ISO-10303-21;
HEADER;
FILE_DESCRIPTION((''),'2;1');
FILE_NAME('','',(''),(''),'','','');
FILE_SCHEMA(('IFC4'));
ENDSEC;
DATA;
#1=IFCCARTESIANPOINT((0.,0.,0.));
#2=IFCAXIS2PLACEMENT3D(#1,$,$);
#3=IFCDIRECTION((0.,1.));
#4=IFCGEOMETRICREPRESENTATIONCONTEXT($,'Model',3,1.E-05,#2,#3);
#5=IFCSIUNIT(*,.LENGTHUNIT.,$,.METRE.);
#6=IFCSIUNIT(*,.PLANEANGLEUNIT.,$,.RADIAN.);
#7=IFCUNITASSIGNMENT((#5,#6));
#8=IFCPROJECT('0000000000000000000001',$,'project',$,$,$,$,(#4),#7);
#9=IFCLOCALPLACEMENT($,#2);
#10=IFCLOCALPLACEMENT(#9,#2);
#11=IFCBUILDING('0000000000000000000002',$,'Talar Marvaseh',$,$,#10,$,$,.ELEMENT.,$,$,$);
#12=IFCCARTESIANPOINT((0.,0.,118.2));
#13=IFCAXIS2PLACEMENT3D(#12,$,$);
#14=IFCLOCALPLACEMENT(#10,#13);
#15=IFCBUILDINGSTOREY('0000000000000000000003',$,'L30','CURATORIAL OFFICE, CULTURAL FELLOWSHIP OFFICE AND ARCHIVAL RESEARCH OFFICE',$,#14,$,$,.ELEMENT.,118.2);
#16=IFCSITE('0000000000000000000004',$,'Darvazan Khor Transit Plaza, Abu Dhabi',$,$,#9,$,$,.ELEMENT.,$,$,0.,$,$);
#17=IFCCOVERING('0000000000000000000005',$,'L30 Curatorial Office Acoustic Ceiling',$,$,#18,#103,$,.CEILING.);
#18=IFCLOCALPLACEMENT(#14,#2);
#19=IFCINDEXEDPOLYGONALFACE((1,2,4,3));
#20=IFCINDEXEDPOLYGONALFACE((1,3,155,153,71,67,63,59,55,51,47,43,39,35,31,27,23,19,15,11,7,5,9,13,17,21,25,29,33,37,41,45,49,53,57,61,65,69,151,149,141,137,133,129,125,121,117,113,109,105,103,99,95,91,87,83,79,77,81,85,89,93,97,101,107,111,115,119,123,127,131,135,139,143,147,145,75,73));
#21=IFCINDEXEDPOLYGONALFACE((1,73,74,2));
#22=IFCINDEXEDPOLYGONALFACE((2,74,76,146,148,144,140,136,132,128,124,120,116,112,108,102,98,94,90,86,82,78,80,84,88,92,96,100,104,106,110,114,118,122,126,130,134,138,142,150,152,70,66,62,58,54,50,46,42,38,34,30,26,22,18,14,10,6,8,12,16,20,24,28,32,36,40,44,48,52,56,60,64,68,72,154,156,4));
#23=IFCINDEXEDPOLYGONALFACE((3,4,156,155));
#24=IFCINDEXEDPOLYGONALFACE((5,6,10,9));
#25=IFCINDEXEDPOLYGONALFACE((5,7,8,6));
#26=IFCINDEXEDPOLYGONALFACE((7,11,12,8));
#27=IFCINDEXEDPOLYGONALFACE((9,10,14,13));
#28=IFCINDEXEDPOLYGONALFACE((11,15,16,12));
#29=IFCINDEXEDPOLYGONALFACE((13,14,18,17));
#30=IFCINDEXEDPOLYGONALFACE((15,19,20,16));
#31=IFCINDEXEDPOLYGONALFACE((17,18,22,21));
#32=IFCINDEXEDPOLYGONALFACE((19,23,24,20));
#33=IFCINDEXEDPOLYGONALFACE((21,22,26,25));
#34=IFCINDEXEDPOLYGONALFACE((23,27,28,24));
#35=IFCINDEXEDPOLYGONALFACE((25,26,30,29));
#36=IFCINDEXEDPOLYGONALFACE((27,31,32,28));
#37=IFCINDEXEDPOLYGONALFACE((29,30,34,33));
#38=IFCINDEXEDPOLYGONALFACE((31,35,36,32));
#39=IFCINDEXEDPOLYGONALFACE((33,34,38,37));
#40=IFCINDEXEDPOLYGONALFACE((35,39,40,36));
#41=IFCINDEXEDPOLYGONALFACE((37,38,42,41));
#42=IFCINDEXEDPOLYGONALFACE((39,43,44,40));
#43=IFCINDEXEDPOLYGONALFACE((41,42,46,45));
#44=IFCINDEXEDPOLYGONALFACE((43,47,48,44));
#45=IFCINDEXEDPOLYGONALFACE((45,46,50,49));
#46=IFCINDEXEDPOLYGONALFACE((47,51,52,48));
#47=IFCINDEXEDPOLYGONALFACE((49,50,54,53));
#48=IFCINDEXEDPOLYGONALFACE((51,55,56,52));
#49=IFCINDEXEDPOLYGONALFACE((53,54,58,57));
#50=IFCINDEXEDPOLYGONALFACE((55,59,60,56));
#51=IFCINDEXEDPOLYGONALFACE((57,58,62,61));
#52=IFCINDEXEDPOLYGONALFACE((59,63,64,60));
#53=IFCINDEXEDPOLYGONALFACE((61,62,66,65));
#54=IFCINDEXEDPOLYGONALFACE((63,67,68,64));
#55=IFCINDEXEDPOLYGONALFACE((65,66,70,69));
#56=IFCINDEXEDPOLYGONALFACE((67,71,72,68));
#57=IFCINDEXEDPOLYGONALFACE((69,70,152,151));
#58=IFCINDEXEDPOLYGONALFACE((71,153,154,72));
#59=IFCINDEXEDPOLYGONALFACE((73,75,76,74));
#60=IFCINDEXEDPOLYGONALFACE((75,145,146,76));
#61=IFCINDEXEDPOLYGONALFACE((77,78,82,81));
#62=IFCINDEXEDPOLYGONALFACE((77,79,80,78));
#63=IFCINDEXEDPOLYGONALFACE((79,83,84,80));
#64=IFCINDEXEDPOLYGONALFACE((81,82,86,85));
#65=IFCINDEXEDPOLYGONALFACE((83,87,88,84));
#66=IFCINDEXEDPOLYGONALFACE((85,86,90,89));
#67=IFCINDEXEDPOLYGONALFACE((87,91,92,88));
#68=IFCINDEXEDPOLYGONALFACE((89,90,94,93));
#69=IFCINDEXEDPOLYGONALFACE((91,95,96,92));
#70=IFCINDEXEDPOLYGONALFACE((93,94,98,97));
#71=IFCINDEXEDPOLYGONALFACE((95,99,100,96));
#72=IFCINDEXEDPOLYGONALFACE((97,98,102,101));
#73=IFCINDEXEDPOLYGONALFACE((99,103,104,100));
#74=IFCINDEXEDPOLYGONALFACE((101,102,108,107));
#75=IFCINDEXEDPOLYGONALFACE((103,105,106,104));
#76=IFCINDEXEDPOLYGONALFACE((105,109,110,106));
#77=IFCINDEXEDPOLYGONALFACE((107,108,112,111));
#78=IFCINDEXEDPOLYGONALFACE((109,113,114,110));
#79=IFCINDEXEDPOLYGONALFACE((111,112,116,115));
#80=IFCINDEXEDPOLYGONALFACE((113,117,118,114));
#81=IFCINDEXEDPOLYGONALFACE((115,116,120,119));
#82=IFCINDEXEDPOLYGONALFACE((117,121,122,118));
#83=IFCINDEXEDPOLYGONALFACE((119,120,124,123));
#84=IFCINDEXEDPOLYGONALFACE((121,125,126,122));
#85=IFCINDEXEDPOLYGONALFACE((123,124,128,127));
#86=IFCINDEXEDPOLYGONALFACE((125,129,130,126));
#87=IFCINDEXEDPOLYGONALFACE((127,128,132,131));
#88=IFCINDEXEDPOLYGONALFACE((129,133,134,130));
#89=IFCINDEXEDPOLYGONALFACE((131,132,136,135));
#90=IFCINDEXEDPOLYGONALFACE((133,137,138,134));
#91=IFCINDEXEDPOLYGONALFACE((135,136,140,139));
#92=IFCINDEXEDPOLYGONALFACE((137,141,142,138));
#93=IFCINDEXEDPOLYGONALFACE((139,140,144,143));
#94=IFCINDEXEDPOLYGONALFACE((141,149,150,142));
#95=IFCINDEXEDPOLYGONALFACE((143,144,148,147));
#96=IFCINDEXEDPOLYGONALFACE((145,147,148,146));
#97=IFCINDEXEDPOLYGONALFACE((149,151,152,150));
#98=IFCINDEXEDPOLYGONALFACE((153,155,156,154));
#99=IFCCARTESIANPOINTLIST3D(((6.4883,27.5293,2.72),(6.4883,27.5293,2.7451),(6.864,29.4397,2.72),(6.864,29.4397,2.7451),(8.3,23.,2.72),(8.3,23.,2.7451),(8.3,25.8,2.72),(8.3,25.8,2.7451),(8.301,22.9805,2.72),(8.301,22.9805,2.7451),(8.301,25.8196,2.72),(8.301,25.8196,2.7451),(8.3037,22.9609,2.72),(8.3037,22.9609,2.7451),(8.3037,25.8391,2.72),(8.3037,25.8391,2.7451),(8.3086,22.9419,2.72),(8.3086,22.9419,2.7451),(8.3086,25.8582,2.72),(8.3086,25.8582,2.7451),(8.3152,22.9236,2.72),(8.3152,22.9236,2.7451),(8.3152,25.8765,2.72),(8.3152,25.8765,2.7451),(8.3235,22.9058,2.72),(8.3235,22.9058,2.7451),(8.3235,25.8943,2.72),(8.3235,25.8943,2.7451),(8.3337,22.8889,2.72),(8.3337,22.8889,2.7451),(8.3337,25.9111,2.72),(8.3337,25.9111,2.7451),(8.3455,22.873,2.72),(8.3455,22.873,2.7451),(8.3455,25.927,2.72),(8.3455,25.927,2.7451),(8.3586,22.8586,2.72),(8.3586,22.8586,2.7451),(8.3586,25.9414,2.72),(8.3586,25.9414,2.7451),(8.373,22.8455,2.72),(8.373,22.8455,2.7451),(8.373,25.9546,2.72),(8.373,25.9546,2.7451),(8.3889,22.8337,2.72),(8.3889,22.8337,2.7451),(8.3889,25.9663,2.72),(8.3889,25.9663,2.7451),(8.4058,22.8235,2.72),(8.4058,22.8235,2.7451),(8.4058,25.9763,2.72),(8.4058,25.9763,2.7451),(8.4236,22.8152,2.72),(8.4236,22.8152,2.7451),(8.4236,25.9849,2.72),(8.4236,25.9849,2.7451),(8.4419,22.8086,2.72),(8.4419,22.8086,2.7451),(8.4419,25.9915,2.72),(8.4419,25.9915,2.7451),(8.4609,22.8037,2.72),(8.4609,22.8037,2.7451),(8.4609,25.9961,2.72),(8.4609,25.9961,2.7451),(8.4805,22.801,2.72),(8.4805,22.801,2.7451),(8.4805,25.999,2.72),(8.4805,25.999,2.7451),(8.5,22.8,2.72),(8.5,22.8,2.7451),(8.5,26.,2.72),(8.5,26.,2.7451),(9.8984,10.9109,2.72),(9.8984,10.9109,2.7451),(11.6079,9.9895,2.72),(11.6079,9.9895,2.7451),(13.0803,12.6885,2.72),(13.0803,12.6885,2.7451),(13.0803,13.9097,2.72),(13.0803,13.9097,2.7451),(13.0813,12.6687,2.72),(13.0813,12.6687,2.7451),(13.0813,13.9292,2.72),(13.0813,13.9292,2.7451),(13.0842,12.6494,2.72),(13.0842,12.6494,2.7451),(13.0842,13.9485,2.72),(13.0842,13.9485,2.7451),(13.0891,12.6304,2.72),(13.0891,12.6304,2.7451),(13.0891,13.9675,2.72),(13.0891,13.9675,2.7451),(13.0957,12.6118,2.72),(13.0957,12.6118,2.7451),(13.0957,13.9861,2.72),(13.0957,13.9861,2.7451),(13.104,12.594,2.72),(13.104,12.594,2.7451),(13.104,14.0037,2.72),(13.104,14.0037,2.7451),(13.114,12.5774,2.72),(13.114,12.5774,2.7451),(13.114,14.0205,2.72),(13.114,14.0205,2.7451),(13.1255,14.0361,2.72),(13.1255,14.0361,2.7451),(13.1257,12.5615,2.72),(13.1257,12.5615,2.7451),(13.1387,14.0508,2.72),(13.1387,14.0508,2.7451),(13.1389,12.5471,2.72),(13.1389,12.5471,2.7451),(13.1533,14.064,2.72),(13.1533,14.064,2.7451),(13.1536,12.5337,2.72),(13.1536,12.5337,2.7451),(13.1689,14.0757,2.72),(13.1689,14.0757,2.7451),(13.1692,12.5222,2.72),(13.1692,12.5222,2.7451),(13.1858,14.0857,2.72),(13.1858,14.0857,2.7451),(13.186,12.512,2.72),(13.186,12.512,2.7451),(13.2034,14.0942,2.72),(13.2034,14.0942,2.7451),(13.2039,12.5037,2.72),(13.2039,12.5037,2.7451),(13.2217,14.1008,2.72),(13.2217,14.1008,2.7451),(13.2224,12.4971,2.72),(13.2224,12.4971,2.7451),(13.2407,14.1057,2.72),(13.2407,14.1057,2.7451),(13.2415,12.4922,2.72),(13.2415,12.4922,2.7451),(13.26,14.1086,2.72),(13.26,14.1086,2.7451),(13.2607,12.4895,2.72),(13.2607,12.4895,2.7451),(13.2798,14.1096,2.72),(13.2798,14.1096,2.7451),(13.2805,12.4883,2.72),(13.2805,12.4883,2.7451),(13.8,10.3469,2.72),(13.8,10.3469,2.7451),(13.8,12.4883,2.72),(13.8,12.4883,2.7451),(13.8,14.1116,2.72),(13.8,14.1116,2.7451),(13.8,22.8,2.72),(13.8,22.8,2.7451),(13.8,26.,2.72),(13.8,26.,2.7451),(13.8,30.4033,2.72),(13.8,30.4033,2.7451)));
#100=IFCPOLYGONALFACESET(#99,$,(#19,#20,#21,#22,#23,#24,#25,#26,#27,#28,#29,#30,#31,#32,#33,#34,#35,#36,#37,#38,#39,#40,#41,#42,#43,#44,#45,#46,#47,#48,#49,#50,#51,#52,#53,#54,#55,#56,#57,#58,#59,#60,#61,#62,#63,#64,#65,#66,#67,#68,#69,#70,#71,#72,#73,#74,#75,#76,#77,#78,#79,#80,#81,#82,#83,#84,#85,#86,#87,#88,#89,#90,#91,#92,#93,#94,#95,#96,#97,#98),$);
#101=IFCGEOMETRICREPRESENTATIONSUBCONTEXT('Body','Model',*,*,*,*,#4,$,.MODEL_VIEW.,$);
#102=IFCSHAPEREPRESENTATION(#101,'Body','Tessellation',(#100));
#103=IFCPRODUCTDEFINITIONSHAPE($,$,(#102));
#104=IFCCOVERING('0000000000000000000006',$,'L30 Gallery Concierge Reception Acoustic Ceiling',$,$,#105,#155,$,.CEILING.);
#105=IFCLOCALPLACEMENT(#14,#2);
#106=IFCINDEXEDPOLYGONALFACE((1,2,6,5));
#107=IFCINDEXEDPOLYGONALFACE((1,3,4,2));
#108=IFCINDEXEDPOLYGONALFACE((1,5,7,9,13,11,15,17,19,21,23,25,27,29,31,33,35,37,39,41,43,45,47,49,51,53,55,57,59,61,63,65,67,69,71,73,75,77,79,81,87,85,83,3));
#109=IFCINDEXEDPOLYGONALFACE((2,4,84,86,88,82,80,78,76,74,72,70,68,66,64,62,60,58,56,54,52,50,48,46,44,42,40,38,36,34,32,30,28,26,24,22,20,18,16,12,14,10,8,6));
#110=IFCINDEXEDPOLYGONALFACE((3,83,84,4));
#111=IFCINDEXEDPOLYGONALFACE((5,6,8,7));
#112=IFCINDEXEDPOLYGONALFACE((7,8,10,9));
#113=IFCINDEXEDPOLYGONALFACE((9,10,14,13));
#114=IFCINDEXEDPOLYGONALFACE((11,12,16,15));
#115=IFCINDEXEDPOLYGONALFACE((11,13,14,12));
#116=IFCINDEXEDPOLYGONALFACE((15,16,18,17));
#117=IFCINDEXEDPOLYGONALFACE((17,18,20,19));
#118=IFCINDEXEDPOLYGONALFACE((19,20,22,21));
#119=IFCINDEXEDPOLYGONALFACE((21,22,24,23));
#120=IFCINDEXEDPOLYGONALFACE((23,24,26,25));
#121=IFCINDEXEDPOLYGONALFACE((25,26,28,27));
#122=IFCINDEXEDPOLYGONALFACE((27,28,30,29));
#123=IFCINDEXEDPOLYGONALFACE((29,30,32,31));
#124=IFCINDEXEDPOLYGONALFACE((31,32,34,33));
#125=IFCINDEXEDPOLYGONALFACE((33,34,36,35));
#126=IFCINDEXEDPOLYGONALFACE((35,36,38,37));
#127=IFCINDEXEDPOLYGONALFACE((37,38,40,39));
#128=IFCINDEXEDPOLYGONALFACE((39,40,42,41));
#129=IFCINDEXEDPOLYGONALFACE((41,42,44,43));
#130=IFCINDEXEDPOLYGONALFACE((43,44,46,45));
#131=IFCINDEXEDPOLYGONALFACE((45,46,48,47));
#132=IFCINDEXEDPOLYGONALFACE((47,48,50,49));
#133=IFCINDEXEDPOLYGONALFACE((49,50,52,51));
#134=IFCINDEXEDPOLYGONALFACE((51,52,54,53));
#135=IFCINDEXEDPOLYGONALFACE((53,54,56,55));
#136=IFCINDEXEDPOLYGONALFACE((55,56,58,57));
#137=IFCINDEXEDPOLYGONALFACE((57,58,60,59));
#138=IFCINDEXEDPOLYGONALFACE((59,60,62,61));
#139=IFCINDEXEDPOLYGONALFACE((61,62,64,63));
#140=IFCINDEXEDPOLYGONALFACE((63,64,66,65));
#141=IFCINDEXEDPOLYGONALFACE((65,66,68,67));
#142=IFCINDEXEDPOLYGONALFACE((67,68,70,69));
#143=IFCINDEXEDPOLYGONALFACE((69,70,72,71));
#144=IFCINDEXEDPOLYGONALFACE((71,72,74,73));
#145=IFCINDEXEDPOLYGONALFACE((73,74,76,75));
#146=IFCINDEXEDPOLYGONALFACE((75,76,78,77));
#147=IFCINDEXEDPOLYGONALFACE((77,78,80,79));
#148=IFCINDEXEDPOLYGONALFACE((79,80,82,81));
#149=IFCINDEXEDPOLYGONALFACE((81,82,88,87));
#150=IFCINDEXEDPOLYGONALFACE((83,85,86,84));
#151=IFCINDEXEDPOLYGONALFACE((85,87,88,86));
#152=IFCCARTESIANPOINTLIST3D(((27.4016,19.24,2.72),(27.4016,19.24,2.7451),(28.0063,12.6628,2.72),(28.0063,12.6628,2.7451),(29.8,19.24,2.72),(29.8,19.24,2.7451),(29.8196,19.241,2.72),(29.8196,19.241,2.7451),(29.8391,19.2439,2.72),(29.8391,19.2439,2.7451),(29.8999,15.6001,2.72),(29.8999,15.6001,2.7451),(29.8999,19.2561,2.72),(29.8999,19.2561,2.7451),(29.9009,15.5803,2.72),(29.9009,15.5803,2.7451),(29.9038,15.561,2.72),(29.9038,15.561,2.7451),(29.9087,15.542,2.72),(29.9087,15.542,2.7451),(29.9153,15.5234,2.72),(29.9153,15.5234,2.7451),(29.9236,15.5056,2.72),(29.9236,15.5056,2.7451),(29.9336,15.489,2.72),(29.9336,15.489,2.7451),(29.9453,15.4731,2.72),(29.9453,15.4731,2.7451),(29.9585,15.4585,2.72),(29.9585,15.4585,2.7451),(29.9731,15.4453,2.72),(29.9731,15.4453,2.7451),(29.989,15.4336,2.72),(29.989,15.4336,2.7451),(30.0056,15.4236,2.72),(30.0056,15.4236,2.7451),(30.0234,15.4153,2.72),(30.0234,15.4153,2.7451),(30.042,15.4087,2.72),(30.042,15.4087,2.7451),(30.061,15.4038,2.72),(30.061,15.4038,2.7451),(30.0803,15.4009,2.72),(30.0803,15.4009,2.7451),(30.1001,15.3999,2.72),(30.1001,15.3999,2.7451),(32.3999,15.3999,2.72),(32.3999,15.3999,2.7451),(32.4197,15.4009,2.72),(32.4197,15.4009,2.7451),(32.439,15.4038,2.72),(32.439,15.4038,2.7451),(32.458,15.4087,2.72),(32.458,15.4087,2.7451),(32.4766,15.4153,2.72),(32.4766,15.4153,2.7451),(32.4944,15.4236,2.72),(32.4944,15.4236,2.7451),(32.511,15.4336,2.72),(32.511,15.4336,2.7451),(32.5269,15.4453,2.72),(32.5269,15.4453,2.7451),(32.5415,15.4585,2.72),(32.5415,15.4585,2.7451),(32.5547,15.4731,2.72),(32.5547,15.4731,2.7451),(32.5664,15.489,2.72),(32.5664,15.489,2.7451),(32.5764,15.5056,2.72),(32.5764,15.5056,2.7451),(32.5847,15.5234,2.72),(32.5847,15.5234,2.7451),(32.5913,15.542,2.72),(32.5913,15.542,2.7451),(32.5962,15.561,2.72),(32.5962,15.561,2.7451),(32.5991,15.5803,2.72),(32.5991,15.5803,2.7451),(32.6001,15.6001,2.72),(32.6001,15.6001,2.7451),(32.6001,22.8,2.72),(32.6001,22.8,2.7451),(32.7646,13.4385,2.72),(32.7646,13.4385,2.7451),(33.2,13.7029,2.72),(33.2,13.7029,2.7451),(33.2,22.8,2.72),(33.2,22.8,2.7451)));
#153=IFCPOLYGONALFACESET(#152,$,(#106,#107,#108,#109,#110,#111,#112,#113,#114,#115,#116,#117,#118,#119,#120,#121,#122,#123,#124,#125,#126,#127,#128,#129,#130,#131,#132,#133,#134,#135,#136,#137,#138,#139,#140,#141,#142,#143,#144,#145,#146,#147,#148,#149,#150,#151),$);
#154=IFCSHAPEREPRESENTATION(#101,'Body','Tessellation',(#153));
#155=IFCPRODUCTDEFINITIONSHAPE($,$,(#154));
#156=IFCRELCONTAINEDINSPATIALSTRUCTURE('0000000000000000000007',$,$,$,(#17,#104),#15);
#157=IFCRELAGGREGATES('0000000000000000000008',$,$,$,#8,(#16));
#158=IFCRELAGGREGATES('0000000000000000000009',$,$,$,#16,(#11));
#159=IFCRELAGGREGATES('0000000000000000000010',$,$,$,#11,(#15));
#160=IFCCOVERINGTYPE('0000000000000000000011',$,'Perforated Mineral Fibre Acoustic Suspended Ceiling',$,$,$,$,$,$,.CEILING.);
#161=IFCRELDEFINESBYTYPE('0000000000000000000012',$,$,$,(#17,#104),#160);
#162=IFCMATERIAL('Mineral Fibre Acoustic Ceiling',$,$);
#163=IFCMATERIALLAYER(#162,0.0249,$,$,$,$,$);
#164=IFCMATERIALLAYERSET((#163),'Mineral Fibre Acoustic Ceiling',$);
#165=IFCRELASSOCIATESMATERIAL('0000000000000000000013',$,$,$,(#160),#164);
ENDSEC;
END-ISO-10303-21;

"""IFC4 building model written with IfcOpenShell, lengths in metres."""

from ifc_helpers import new_model, si_unit, direction, frame, origin, place, context, subcontext, project, spatial, polyline, outline, extrude, material, layer, layer_set, type_object, element, save


model = new_model("IFC4")

# Units and contexts
model_context = context("Model", 3, precision=1e-05, world=origin(), true_north=direction((0.0, 1.0)))
body_context = subcontext(model_context, "Body", "Model", "MODEL_VIEW")
ifc_project = project(units=[si_unit("LENGTHUNIT", "METRE"), si_unit("PLANEANGLEUNIT", "RADIAN")], contexts=[model_context])

# Site, building, storey
site_placement = place(None, origin())
site = spatial("IfcSite", under=ifc_project, at=site_placement, Name="Darvazan Khor Transit Plaza, Abu Dhabi", CompositionType="ELEMENT", RefElevation=0.0)
building_placement = place(site_placement, origin())
building = spatial("IfcBuilding", under=site, at=building_placement, Name="Talar Marvaseh", CompositionType="ELEMENT")
storey_placement = place(building_placement, frame((0.0, 0.0, 118.2)))
storey = spatial("IfcBuildingStorey", under=building, at=storey_placement, Name="L30", Description="CURATORIAL OFFICE, CULTURAL FELLOWSHIP OFFICE AND ARCHIVAL RESEARCH OFFICE", CompositionType="ELEMENT", Elevation=118.2)

# Coverings
ifc_material_1 = material(Name="Mineral Fibre Acoustic Ceiling")
ifc_layer_1 = layer(ifc_material_1, 0.0249)
ifc_layer_set_1 = layer_set([ifc_layer_1], Name="Mineral Fibre Acoustic Ceiling")
covering_type_1 = type_object("IfcCoveringType", Name="Perforated Mineral Fibre Acoustic Suspended Ceiling", PredefinedType="CEILING", material=ifc_layer_set_1)
covering_1_placement = place(storey_placement, frame((0.0, 0.0, 2.72)))
element("IfcCovering", 1, at=covering_1_placement, inside=storey, type_object=covering_type_1, Name="L30 Curatorial Office Acoustic Ceiling", PredefinedType="CEILING", context=body_context, shape_type="SweptSolid", body=[
    extrude(outline(polyline([(6.864, 29.4397), (13.8, 30.4033), (13.8, 26.0), (8.5, 26.0), (8.4805, 25.999), (8.4609, 25.9961), (8.4419, 25.9915), (8.4236, 25.9849), (8.4058, 25.9763), (8.3889, 25.9663), (8.373, 25.9546), (8.3586, 25.9414), (8.3455, 25.927), (8.3337, 25.9111), (8.3235, 25.8943), (8.3152, 25.8765), (8.3086, 25.8582), (8.3037, 25.8391), (8.301, 25.8196), (8.3, 25.8), (8.3, 23.0), (8.301, 22.9805), (8.3037, 22.9609), (8.3086, 22.9419), (8.3152, 22.9236), (8.3235, 22.9058), (8.3337, 22.8889), (8.3455, 22.873), (8.3586, 22.8586), (8.373, 22.8455), (8.3889, 22.8337), (8.4058, 22.8235), (8.4236, 22.8152), (8.4419, 22.8086), (8.4609, 22.8037), (8.4805, 22.801), (8.5, 22.8), (13.8, 22.8), (13.8, 14.1116), (13.2798, 14.1096), (13.26, 14.1086), (13.2407, 14.1057), (13.2217, 14.1008), (13.2034, 14.0942), (13.1858, 14.0857), (13.1689, 14.0757), (13.1533, 14.064), (13.1387, 14.0508), (13.1255, 14.0361), (13.114, 14.0205), (13.104, 14.0037), (13.0957, 13.9861), (13.0891, 13.9675), (13.0842, 13.9485), (13.0813, 13.9292), (13.0803, 13.9097), (13.0803, 12.6885), (13.0813, 12.6687), (13.0842, 12.6494), (13.0891, 12.6304), (13.0957, 12.6118), (13.104, 12.594), (13.114, 12.5774), (13.1257, 12.5615), (13.1389, 12.5471), (13.1536, 12.5337), (13.1692, 12.5222), (13.186, 12.512), (13.2039, 12.5037), (13.2224, 12.4971), (13.2415, 12.4922), (13.2607, 12.4895), (13.2805, 12.4883), (13.8, 12.4883), (13.8, 10.3469), (11.6079, 9.9895), (9.8984, 10.9109), (6.4883, 27.5293), (6.864, 29.4397)])), origin(), (0.0, 0.0, 1.0), 0.0251),
])
covering_2_placement = place(storey_placement, frame((0.0, 0.0, 2.72)))
element("IfcCovering", 2, at=covering_2_placement, inside=storey, type_object=covering_type_1, Name="L30 Gallery Concierge Reception Acoustic Ceiling", PredefinedType="CEILING", context=body_context, shape_type="SweptSolid", body=[
    extrude(outline(polyline([(29.9009, 15.5803), (29.9038, 15.561), (29.9087, 15.542), (29.9153, 15.5234), (29.9236, 15.5056), (29.9336, 15.489), (29.9453, 15.4731), (29.9585, 15.4585), (29.9731, 15.4453), (29.989, 15.4336), (30.0056, 15.4236), (30.0234, 15.4153), (30.042, 15.4087), (30.061, 15.4038), (30.0803, 15.4009), (30.1001, 15.3999), (32.3999, 15.3999), (32.4197, 15.4009), (32.439, 15.4038), (32.458, 15.4087), (32.4766, 15.4153), (32.4944, 15.4236), (32.511, 15.4336), (32.5269, 15.4453), (32.5415, 15.4585), (32.5547, 15.4731), (32.5664, 15.489), (32.5764, 15.5056), (32.5847, 15.5234), (32.5913, 15.542), (32.5962, 15.561), (32.5991, 15.5803), (32.6001, 15.6001), (32.6001, 22.8), (33.2, 22.8), (33.2, 13.7029), (32.7646, 13.4385), (28.0063, 12.6628), (27.4016, 19.24), (29.8, 19.24), (29.8196, 19.241), (29.8391, 19.2439), (29.8999, 19.2561), (29.8999, 15.6001), (29.9009, 15.5803)])), origin(), (0.0, 0.0, 1.0), 0.0251),
])

save(model, "model.ifc")
